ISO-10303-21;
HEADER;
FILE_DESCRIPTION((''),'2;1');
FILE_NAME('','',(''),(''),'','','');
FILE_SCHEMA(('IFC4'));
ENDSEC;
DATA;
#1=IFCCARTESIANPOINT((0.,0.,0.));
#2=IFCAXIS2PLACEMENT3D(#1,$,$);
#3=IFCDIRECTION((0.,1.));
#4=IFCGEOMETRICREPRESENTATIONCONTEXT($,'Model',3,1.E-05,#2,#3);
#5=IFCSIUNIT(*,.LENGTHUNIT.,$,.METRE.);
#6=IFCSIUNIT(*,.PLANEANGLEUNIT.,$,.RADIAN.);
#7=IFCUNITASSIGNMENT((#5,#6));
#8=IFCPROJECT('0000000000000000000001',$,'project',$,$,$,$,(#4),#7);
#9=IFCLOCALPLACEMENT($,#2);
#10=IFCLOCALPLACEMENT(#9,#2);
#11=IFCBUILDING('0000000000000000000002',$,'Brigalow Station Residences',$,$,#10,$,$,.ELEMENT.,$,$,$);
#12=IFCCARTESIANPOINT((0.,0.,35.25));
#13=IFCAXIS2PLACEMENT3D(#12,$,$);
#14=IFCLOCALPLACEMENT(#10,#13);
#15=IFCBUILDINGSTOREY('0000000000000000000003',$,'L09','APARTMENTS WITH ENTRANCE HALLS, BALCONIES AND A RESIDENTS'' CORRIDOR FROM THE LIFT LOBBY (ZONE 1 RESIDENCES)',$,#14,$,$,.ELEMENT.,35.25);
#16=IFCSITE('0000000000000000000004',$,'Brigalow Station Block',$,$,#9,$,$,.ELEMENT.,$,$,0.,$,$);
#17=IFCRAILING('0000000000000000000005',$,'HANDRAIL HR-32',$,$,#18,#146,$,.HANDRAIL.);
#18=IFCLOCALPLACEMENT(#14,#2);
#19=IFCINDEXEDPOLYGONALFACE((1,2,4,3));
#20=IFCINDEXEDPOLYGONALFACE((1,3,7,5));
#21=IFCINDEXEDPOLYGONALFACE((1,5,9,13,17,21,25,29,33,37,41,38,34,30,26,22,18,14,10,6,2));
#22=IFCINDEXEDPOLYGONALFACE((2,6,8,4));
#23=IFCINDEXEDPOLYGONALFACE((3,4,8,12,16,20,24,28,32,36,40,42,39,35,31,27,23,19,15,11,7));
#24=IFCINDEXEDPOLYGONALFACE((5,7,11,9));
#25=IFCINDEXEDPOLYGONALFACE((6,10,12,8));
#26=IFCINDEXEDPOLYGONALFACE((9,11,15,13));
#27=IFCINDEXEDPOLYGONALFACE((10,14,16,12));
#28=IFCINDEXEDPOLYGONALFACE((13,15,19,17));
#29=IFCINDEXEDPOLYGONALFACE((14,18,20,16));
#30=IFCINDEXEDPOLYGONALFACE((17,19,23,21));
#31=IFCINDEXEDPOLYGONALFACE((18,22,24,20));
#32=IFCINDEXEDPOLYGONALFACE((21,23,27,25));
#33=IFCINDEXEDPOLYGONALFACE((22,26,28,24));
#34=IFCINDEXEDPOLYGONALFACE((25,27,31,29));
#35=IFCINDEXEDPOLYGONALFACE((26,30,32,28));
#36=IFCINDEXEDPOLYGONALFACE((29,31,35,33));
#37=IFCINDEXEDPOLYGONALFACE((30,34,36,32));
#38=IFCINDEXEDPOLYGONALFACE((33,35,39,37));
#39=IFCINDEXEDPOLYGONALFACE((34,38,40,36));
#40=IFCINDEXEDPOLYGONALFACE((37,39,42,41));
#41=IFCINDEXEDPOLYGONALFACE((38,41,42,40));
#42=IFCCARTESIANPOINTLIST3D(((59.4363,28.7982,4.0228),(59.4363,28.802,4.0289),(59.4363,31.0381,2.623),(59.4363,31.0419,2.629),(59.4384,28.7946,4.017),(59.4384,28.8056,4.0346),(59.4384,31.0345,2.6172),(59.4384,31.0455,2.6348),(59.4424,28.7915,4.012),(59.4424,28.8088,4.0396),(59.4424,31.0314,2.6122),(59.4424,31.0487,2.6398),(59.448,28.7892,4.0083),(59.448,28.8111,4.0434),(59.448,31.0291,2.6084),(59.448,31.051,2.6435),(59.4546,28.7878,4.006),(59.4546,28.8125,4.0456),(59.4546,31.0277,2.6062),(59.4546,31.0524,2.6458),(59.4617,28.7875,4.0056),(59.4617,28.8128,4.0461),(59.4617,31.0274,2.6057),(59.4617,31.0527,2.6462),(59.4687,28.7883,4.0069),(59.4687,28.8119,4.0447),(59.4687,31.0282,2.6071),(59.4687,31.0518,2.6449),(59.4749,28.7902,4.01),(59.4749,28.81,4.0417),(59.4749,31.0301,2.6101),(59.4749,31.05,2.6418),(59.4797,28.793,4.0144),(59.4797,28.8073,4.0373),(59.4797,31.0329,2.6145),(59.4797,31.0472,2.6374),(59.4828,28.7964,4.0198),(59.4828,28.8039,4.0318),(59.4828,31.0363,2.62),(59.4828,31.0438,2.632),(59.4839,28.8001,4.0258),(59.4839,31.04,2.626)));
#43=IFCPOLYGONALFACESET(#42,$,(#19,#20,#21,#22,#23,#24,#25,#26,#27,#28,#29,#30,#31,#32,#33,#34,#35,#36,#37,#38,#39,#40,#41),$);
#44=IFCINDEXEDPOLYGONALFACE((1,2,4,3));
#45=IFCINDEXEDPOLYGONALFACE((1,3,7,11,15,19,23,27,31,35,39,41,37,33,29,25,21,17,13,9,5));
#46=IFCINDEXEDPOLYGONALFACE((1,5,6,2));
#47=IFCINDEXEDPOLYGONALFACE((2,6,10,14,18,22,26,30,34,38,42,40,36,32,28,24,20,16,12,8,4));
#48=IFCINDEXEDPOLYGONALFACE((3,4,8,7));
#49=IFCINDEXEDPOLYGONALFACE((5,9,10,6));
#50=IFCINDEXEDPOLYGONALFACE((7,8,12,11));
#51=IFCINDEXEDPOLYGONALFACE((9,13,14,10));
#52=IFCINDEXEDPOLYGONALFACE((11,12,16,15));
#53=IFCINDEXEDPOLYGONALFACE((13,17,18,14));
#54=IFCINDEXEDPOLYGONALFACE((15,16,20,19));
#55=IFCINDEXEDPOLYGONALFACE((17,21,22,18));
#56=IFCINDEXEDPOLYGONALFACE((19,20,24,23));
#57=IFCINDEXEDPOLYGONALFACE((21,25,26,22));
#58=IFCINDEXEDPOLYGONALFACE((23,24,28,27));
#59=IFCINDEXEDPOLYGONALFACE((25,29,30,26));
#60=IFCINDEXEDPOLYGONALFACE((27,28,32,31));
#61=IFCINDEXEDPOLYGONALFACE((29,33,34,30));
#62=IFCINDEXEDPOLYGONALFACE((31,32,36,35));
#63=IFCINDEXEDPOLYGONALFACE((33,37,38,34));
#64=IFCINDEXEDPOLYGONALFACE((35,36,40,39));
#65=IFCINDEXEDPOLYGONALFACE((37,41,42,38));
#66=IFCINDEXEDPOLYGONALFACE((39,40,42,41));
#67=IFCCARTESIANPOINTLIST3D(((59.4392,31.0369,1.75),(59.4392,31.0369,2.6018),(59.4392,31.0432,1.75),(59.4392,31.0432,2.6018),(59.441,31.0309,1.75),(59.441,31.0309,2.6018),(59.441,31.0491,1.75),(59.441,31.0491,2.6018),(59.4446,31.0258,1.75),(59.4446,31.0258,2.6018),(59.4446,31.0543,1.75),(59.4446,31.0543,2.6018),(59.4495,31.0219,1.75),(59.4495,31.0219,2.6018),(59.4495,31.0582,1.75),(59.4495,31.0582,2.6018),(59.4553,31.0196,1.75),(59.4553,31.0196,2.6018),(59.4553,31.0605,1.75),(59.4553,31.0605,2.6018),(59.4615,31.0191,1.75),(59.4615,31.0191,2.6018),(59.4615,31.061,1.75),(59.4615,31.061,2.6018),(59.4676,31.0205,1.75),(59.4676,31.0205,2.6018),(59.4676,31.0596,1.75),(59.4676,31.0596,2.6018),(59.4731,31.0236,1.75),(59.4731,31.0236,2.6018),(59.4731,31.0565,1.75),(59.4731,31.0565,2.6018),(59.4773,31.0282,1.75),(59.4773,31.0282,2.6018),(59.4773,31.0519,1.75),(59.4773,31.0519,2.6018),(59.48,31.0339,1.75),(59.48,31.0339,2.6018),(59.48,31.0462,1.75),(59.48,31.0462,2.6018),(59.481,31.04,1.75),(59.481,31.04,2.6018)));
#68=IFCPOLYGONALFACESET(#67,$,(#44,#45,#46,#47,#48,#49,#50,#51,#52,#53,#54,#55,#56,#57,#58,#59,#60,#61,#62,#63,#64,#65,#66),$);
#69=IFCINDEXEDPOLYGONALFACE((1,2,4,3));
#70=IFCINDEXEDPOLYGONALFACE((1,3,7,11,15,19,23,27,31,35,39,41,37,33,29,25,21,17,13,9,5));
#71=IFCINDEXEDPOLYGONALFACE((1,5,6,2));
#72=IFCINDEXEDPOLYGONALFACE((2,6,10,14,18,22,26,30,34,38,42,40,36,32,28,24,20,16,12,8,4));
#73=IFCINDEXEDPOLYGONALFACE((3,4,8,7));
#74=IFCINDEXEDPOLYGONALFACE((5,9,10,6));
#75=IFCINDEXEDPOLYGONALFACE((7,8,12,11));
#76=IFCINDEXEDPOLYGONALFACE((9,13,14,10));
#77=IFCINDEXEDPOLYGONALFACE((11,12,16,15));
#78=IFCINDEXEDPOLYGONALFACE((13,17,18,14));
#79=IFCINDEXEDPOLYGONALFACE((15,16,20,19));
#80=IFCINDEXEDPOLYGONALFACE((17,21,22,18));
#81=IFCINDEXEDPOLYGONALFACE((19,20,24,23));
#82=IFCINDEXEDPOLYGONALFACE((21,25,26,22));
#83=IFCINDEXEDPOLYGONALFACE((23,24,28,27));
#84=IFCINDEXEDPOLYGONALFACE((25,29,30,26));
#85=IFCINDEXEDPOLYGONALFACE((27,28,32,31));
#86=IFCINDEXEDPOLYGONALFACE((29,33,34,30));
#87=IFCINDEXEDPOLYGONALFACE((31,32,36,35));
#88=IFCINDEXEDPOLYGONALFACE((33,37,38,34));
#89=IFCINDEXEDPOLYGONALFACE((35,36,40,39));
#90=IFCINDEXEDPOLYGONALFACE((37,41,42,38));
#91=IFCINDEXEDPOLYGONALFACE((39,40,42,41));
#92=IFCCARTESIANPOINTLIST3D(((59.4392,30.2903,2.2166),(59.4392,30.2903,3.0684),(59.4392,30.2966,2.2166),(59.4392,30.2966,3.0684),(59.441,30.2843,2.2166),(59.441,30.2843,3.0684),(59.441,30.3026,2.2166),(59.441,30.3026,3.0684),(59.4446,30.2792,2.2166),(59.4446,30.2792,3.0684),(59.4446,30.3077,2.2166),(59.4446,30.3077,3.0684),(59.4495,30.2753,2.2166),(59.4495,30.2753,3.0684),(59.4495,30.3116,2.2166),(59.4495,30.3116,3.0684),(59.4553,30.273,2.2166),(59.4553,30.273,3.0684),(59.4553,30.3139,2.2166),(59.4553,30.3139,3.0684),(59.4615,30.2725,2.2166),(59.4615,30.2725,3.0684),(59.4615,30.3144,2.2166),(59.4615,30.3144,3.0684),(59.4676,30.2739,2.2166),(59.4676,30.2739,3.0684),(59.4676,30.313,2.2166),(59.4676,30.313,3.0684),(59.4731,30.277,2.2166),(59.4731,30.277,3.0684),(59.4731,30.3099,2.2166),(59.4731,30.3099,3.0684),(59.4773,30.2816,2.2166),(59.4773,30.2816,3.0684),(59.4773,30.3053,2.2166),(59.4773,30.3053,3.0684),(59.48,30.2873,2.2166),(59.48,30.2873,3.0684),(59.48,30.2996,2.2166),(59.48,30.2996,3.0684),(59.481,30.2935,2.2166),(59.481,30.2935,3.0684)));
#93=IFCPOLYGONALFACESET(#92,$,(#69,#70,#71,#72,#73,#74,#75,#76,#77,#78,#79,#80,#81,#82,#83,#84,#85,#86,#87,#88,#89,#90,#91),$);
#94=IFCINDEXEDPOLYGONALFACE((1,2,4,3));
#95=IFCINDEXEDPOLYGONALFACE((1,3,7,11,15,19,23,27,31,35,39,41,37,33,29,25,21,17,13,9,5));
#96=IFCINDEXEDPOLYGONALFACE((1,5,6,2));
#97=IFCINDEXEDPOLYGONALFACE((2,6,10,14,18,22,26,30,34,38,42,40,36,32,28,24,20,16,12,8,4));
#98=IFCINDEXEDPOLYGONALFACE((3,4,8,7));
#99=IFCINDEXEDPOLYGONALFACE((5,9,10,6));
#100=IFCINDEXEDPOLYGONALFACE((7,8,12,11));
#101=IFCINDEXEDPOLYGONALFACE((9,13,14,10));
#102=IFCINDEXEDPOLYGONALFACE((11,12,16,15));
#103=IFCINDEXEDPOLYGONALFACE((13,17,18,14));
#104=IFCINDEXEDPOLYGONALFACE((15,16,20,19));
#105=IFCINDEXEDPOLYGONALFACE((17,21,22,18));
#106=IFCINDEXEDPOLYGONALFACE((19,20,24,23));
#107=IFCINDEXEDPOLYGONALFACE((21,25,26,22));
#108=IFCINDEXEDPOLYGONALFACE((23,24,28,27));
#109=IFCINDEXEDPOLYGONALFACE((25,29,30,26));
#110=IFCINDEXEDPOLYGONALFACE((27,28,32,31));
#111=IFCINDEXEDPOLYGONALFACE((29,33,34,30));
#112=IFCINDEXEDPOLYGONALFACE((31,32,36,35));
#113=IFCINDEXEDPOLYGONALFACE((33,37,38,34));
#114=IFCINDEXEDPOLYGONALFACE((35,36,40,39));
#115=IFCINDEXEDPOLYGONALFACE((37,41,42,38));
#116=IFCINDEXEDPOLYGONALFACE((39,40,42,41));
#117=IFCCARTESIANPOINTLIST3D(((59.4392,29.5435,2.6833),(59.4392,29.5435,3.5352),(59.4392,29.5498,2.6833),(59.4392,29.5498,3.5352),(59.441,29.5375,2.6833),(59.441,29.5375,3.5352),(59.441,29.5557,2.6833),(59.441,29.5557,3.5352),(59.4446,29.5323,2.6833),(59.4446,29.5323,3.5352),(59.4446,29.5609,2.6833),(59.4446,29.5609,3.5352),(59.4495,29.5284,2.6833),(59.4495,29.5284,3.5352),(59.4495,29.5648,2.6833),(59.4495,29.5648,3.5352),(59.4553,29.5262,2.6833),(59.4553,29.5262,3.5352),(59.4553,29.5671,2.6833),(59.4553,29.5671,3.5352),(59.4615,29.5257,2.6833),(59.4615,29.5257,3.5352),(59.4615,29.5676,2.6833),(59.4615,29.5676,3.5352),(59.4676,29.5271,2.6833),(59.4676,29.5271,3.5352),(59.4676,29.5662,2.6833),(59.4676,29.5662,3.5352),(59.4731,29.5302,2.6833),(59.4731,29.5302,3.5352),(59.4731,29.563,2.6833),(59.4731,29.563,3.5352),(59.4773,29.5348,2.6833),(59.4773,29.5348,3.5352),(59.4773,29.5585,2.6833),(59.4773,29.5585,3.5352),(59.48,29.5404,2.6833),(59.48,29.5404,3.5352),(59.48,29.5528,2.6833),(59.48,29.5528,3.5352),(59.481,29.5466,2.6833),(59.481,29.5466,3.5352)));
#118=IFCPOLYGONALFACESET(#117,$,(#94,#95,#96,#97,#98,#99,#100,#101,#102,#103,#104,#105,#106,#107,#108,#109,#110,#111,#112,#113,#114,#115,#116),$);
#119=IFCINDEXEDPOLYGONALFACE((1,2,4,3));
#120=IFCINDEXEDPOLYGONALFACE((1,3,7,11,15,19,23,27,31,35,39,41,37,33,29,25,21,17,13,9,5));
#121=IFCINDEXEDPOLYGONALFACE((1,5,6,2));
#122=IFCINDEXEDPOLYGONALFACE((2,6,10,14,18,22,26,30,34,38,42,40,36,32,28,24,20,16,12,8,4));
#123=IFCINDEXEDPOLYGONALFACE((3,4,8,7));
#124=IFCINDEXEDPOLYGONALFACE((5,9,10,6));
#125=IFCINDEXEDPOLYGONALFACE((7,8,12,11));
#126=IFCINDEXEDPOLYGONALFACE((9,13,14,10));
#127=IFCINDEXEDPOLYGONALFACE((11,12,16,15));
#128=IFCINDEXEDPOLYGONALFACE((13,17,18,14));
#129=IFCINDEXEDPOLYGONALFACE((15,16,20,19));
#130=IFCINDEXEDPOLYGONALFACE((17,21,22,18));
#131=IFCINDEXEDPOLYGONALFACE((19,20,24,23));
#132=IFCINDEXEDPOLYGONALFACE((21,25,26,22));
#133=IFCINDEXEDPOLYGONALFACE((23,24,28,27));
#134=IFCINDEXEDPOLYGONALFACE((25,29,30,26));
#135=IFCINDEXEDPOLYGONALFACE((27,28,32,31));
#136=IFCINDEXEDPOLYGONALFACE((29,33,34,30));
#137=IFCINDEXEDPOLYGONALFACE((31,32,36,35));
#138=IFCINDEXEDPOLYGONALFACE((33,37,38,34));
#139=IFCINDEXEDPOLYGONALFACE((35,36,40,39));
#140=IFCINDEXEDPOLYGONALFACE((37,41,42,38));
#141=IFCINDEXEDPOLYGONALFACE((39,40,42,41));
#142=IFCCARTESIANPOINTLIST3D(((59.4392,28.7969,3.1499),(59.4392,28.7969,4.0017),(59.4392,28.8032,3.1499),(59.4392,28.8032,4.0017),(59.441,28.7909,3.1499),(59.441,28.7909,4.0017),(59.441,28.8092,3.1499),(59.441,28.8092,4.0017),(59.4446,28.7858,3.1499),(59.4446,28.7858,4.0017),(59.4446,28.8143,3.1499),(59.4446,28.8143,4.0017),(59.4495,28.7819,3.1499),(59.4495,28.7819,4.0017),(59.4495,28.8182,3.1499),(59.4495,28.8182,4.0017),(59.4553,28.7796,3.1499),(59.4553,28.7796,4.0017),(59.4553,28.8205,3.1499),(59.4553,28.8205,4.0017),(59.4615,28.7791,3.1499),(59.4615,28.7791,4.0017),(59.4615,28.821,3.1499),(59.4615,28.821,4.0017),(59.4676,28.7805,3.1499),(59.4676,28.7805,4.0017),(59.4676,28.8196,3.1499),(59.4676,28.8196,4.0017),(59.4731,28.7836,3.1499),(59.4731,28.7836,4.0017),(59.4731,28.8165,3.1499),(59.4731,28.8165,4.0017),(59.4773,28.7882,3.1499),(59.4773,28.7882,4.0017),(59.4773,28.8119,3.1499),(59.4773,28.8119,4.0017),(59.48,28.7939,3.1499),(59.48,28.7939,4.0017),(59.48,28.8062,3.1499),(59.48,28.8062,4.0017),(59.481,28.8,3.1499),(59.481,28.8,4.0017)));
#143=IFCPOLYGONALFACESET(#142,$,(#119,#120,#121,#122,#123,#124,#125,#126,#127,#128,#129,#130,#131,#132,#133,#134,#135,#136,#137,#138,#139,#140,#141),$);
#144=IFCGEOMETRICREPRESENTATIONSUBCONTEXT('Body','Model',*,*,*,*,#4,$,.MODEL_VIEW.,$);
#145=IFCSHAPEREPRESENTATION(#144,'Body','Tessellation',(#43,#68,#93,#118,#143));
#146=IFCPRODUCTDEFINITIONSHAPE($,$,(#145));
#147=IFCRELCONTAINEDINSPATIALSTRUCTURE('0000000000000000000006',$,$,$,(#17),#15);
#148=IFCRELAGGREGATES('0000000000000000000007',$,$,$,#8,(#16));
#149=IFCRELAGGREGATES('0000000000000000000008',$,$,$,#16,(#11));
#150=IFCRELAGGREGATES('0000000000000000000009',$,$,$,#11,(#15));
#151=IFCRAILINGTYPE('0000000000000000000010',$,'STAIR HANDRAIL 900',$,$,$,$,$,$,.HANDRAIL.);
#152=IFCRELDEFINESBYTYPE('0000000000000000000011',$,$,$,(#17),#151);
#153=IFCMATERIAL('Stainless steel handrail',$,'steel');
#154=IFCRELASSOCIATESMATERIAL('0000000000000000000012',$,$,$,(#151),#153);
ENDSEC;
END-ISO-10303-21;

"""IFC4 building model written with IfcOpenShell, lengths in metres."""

from ifc_helpers import new_model, si_unit, direction, frame, origin, origin_2d, place, context, subcontext, project, spatial, circle, extrude, material, type_object, element, save


model = new_model("IFC4")

# Units and contexts
model_context = context("Model", 3, precision=1e-05, world=origin(), true_north=direction((0.0, 1.0)))
body_context = subcontext(model_context, "Body", "Model", "MODEL_VIEW")
ifc_project = project(units=[si_unit("LENGTHUNIT", "METRE"), si_unit("PLANEANGLEUNIT", "RADIAN")], contexts=[model_context])

# Site, building, storey
site_placement = place(None, origin())
site = spatial("IfcSite", under=ifc_project, at=site_placement, Name="Brigalow Station Block", CompositionType="ELEMENT", RefElevation=0.0)
building_placement = place(site_placement, origin())
building = spatial("IfcBuilding", under=site, at=building_placement, Name="Brigalow Station Residences", CompositionType="ELEMENT")
storey_placement = place(building_placement, frame((0.0, 0.0, 35.25)))
storey = spatial("IfcBuildingStorey", under=building, at=storey_placement, Name="L09", Description="APARTMENTS WITH ENTRANCE HALLS, BALCONIES AND A RESIDENTS' CORRIDOR FROM THE LIFT LOBBY (ZONE 1 RESIDENCES)", CompositionType="ELEMENT", Elevation=35.25)

# Railing
ifc_material_1 = material(Name="Stainless steel handrail", Category="steel")
railing_type_1 = type_object("IfcRailingType", Name="STAIR HANDRAIL 900", PredefinedType="HANDRAIL", material=ifc_material_1)
railing_1_placement = place(storey_placement, frame((59.46, 31.04, 1.75)))
element("IfcRailing", 1, at=railing_1_placement, inside=storey, type_object=railing_type_1, Name="HANDRAIL HR-32", PredefinedType="HANDRAIL", context=body_context, shape_type="SweptSolid", body=[
    extrude(circle(Radius=0.0239, at=origin_2d()), frame((0.0, 0.0, 0.876), z_axis=(0.0, -0.848014, 0.529974), x_axis=(1.0, 0.0, 0.0)), (0.0, 0.0, 1.0), 2.6414),
    extrude(circle(Radius=0.021, at=origin_2d()), origin(), (0.0, 0.0, 1.0), 0.8518),
    extrude(circle(Radius=0.021, at=origin_2d()), frame((0.0, -0.7466, 0.4666)), (0.0, 0.0, 1.0), 0.8518),
    extrude(circle(Radius=0.021, at=origin_2d()), frame((0.0, -1.4934, 0.9333)), (0.0, 0.0, 1.0), 0.8518),
    extrude(circle(Radius=0.021, at=origin_2d()), frame((0.0, -2.24, 1.3999)), (0.0, 0.0, 1.0), 0.8518),
])

save(model, "model.ifc")
